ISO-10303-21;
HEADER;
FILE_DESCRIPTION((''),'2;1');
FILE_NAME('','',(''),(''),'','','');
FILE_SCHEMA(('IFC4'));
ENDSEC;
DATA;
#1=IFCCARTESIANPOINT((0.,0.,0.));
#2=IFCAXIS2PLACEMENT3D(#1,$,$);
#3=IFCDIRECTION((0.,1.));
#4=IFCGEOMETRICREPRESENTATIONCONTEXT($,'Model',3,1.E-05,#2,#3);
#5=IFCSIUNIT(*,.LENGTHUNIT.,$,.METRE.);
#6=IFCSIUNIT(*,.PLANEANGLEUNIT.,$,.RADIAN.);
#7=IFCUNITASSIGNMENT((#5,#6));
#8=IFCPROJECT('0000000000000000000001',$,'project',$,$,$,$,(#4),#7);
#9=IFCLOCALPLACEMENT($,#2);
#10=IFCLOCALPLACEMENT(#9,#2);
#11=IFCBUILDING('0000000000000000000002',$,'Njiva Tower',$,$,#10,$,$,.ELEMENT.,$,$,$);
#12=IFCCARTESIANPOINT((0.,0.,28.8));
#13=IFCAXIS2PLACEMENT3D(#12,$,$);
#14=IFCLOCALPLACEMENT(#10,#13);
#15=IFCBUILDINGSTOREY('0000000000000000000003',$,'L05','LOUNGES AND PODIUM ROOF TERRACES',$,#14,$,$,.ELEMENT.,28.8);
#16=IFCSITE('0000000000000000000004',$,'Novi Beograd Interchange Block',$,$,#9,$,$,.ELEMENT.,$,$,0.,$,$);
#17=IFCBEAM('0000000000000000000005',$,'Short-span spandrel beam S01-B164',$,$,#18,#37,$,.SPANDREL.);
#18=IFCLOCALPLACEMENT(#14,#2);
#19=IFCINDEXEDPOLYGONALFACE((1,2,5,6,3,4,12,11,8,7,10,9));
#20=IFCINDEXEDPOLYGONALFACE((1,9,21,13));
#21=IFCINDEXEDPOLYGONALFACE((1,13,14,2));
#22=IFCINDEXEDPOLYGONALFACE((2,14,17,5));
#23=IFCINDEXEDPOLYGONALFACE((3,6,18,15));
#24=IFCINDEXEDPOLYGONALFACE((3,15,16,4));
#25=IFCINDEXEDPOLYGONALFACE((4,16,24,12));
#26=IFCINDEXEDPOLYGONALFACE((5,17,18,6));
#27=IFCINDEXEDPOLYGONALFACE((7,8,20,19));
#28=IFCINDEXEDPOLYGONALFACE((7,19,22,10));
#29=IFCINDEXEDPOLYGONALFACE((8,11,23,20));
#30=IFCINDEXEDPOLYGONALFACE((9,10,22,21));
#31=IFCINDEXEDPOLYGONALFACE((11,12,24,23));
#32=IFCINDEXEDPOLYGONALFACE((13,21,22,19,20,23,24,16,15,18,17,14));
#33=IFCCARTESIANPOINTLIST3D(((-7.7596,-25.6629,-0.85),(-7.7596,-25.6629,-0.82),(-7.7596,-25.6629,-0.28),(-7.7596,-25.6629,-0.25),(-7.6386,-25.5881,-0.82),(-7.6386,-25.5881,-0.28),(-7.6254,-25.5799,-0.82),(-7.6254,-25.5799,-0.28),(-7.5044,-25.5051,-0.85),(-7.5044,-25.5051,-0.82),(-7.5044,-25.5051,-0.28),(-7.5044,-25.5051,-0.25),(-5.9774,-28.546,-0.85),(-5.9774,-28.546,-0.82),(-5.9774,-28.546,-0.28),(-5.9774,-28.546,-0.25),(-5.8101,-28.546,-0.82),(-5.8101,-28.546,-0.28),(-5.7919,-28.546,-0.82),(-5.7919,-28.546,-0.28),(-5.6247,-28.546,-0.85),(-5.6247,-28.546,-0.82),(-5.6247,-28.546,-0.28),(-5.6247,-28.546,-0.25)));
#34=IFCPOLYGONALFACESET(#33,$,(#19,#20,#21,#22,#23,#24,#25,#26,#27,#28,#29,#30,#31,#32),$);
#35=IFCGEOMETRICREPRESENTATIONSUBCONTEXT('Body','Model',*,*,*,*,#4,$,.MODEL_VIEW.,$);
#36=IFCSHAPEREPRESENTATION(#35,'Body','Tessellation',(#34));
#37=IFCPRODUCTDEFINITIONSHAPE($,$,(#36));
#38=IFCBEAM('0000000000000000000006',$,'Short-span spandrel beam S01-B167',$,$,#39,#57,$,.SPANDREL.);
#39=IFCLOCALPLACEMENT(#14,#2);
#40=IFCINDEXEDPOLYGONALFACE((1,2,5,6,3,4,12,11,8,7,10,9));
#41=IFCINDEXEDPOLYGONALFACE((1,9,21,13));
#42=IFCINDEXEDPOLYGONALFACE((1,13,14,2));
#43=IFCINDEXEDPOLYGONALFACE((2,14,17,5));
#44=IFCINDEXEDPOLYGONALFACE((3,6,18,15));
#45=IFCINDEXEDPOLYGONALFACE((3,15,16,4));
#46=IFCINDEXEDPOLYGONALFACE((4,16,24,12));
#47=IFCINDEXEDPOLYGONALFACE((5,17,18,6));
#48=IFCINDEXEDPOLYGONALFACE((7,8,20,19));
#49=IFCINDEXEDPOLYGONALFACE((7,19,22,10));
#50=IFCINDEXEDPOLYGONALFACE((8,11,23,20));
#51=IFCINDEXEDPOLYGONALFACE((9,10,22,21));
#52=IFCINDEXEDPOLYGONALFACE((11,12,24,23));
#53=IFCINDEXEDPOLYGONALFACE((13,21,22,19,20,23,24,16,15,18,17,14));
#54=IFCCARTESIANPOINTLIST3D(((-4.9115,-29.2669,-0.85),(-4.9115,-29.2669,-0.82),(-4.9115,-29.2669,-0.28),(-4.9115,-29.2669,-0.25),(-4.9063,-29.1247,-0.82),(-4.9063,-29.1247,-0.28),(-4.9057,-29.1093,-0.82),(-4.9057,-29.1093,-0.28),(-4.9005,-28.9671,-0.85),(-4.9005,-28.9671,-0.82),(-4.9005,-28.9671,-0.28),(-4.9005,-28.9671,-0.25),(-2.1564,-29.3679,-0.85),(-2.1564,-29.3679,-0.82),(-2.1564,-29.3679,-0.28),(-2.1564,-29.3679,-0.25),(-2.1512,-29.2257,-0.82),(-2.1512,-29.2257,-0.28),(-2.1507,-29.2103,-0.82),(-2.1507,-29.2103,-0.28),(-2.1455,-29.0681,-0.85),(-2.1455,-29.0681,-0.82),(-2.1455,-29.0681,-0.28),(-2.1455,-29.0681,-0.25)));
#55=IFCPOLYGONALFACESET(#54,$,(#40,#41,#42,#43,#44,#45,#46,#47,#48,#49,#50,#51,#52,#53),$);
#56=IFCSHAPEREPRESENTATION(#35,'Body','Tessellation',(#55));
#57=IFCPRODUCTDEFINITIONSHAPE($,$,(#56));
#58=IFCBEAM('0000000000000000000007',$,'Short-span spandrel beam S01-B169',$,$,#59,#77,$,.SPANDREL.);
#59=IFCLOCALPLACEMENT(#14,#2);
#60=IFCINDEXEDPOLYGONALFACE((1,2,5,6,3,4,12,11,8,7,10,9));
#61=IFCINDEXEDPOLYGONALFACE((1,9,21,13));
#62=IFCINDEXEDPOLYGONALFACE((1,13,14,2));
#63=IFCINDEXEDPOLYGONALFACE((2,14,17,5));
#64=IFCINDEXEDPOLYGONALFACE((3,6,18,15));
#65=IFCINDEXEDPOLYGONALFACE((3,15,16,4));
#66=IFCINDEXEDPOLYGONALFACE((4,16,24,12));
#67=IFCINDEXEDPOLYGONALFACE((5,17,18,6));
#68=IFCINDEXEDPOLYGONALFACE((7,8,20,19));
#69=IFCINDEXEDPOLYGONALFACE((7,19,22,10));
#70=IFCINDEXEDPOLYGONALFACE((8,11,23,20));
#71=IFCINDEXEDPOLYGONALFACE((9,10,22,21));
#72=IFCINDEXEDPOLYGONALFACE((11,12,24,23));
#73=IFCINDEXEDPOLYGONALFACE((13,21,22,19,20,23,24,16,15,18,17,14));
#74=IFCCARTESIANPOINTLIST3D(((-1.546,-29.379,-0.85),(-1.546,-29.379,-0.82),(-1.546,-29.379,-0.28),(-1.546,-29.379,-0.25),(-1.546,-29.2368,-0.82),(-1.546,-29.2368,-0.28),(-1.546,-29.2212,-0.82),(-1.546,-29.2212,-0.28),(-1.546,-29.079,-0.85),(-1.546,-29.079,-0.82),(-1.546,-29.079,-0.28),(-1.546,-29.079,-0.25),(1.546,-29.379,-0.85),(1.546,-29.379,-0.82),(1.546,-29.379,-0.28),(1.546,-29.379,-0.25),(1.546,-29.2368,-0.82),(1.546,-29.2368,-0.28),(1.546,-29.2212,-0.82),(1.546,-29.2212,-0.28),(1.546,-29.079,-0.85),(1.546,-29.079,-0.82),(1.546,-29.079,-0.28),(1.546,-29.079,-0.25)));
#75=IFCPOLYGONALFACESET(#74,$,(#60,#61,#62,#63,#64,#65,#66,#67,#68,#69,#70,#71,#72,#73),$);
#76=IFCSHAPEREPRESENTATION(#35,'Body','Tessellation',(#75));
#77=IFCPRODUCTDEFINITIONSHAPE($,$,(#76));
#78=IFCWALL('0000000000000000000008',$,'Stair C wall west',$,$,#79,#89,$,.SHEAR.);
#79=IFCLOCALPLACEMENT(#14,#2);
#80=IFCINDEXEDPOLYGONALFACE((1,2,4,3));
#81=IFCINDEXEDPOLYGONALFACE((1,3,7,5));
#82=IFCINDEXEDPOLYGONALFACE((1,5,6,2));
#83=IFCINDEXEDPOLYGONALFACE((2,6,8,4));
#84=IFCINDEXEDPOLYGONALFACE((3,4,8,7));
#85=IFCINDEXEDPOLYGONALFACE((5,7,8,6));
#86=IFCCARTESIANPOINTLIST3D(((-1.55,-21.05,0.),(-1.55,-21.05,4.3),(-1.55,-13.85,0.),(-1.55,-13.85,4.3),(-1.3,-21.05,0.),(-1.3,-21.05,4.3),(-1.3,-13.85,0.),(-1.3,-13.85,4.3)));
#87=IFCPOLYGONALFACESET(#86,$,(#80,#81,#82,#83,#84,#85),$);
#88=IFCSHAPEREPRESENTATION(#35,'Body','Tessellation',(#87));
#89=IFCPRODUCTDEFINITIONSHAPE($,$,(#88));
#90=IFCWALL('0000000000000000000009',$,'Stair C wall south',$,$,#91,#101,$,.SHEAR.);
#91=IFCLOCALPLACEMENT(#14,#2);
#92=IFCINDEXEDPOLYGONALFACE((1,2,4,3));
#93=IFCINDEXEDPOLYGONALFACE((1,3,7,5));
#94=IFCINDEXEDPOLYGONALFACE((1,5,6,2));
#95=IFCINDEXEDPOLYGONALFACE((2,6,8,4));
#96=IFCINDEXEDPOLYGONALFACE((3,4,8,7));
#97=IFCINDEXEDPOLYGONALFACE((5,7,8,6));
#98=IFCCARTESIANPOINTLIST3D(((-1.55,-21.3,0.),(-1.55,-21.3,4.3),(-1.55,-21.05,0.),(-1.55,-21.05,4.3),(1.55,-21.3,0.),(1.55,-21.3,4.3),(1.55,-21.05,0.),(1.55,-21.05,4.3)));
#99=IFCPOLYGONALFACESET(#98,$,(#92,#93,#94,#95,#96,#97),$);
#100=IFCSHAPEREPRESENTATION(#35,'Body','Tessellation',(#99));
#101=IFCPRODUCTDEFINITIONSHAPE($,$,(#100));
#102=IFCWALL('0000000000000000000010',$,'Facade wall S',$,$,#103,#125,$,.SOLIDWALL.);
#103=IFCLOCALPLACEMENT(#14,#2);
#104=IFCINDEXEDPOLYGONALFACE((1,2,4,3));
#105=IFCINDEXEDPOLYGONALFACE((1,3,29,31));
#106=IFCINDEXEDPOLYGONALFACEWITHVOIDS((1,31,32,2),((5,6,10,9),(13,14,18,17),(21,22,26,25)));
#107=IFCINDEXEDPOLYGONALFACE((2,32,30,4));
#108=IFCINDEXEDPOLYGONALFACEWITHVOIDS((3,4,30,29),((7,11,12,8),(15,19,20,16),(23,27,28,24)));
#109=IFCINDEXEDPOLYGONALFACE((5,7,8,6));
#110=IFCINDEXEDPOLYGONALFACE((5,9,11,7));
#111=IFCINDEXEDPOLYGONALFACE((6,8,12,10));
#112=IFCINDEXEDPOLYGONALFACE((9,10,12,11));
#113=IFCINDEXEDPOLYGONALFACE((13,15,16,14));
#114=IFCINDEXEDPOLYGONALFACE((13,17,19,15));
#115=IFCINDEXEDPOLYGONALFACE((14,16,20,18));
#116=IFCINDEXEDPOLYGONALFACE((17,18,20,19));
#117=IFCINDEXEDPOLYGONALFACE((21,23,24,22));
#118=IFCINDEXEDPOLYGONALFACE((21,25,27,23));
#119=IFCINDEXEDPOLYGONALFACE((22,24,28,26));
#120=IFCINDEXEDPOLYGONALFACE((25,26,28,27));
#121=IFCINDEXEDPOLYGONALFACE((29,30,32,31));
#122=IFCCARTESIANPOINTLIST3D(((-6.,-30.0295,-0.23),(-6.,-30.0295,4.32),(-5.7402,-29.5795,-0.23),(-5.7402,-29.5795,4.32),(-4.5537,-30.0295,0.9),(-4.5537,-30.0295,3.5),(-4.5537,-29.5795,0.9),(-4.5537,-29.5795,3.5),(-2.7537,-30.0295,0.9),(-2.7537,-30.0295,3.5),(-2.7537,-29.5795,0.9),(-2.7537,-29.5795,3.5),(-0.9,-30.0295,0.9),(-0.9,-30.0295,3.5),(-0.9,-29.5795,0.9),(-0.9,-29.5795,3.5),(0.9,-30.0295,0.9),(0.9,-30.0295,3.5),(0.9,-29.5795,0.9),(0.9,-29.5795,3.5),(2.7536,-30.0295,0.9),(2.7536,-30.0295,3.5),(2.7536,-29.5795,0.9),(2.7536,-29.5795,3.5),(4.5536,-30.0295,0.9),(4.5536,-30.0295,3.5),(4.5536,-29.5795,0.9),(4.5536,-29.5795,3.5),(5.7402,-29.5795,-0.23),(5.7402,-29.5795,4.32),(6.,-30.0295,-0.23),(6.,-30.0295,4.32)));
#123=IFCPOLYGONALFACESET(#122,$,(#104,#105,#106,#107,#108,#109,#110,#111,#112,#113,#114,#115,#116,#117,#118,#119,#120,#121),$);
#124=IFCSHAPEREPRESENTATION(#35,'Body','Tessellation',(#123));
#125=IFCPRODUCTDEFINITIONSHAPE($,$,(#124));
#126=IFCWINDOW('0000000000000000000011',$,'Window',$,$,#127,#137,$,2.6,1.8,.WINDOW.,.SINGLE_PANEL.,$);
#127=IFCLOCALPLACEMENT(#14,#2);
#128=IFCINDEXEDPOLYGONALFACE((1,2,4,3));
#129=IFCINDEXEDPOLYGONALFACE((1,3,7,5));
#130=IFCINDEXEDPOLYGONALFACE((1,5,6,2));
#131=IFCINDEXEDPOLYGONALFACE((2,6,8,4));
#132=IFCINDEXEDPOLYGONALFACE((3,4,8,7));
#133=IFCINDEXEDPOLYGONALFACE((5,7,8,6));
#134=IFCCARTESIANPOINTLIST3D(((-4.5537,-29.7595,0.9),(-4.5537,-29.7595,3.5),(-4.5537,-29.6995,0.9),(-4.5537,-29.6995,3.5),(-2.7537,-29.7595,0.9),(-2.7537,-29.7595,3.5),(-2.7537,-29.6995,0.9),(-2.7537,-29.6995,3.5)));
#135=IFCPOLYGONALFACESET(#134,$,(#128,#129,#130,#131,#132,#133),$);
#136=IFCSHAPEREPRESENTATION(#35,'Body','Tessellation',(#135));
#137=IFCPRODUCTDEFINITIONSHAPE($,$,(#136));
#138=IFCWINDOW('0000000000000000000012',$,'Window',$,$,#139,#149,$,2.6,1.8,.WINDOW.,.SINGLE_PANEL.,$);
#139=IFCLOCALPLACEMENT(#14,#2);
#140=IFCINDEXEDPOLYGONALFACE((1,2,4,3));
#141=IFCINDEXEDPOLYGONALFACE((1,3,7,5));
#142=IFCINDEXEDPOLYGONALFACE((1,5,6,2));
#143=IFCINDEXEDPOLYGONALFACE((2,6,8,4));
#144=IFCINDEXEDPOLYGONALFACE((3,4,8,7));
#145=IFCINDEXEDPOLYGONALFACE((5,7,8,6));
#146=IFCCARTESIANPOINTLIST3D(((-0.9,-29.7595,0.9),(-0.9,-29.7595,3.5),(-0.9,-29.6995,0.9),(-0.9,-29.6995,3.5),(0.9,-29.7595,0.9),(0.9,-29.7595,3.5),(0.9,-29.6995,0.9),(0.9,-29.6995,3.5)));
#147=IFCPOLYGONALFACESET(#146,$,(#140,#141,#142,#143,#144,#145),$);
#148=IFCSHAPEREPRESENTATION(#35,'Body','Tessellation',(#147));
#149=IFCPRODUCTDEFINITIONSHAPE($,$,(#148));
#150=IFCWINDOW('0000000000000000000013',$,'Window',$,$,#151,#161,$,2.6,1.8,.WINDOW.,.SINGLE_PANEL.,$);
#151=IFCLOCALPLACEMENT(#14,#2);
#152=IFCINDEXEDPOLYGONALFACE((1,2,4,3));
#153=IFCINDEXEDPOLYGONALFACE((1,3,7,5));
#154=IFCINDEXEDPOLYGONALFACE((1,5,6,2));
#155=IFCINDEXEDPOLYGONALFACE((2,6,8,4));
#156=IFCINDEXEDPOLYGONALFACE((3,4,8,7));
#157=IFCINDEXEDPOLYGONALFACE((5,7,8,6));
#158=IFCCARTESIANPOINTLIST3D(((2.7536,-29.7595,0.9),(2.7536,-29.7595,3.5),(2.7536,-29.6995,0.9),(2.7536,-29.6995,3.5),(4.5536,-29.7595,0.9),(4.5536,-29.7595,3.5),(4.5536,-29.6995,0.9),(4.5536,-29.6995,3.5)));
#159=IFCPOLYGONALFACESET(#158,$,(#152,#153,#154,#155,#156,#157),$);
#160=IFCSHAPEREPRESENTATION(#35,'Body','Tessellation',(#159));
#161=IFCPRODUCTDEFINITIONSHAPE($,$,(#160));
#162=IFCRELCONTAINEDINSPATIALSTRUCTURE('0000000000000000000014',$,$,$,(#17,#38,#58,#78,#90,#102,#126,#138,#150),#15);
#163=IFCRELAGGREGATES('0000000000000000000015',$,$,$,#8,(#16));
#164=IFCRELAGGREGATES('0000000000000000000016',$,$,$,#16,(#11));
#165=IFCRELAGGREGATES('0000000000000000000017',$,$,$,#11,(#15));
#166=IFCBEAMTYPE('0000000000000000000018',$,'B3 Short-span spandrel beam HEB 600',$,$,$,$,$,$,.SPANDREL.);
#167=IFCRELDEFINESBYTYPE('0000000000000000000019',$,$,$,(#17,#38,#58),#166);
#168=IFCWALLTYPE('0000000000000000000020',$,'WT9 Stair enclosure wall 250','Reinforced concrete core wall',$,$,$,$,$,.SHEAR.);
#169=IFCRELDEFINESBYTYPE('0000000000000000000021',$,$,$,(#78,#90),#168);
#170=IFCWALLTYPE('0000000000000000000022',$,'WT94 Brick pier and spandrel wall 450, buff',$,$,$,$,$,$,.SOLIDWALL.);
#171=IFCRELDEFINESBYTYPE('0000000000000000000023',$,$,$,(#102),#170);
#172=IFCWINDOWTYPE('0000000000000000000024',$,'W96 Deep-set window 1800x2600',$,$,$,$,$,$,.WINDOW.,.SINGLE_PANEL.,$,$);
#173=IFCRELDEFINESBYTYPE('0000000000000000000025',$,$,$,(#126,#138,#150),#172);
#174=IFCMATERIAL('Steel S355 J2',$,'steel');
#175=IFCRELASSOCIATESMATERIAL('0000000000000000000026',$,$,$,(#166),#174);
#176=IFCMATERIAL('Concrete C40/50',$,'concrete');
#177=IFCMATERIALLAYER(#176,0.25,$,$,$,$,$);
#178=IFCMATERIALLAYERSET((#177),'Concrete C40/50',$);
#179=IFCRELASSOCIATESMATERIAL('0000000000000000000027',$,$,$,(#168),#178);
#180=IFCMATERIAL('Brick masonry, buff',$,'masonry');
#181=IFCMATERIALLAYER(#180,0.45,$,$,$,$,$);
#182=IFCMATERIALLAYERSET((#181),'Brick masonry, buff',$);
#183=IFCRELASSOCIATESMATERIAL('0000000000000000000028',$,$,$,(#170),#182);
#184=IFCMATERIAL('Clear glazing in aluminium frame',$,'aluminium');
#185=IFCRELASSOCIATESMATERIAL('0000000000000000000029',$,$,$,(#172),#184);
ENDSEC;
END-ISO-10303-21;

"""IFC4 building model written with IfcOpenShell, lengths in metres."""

from ifc_helpers import new_model, si_unit, direction, frame, frame_2d, origin, origin_2d, place, context, subcontext, project, spatial, polyline, rectangle, i_section, outline, extrude, clip, halfspace, material, layer, layer_set, material_profile, profile_set, type_object, element, fill, save


model = new_model("IFC4")

# Units and contexts
model_context = context("Model", 3, precision=1e-05, world=origin(), true_north=direction((0.0, 1.0)))
body_context = subcontext(model_context, "Body", "Model", "MODEL_VIEW")
ifc_project = project(units=[si_unit("LENGTHUNIT", "METRE"), si_unit("PLANEANGLEUNIT", "RADIAN")], contexts=[model_context])

# Site, building, storey
site_placement = place(None, origin())
site = spatial("IfcSite", under=ifc_project, at=site_placement, Name="Novi Beograd Interchange Block", CompositionType="ELEMENT", RefElevation=0.0)
building_placement = place(site_placement, origin())
building = spatial("IfcBuilding", under=site, at=building_placement, Name="Njiva Tower", CompositionType="ELEMENT")
storey_placement = place(building_placement, frame((0.0, 0.0, 28.8)))
storey = spatial("IfcBuildingStorey", under=building, at=storey_placement, Name="L05", Description="LOUNGES AND PODIUM ROOF TERRACES", CompositionType="ELEMENT", Elevation=28.8)

# Shared definitions
ifc_material_1 = material(Name="Steel S355 J2", Category="steel")

# Beams
ifc_material_profile_1 = material_profile(ifc_material_1, i_section(OverallWidth=0.3, OverallDepth=0.6, WebThickness=0.0155, FlangeThickness=0.03, at=origin_2d()), Name="HEB 600")
ifc_profile_set_1 = profile_set([ifc_material_profile_1], Name="Steel S355 J2")
beam_type_1 = type_object("IfcBeamType", Name="B3 Short-span spandrel beam HEB 600", PredefinedType="SPANDREL", material=ifc_profile_set_1)
beam_1_placement = place(storey_placement, frame((-7.632, -25.584, -0.55), z_axis=(0.525811, -0.850602, 0.0), x_axis=(0.850602, 0.525811, 0.0)))
element("IfcBeam", 1, at=beam_1_placement, inside=storey, type_object=beam_type_1, Name="Short-span spandrel beam S01-B164", PredefinedType="SPANDREL", context=body_context, shape_type="Clipping", body=[
    clip(extrude(i_section(OverallWidth=0.3, OverallDepth=0.6, WebThickness=0.0155, FlangeThickness=0.03, at=origin_2d()), origin(), (0.0, 0.0, 1.0), 3.5952), halfspace(frame((-0.0267, 0.0, 3.4657), z_axis=(-0.525811, 0.0, 0.850602), x_axis=(0.0, 1.0, 0.0)), False)),
])
beam_2_placement = place(storey_placement, frame((-4.906, -29.117, -0.55), z_axis=(0.999329, -0.036636, 0.0), x_axis=(0.036636, 0.999329, 0.0)))
element("IfcBeam", 2, at=beam_2_placement, inside=storey, type_object=beam_type_1, Name="Short-span spandrel beam S01-B167", PredefinedType="SPANDREL", context=body_context, shape_type="SweptSolid", body=[
    extrude(i_section(OverallWidth=0.3, OverallDepth=0.6, WebThickness=0.0155, FlangeThickness=0.03, at=origin_2d()), origin(), (0.0, 0.0, 1.0), 2.7569),
])
beam_3_placement = place(storey_placement, frame((-1.546, -29.229, -0.55), z_axis=(1.0, 0.0, 0.0), x_axis=(0.0, 1.0, 0.0)))
element("IfcBeam", 3, at=beam_3_placement, inside=storey, type_object=beam_type_1, Name="Short-span spandrel beam S01-B169", PredefinedType="SPANDREL", context=body_context, shape_type="SweptSolid", body=[
    extrude(i_section(OverallWidth=0.3, OverallDepth=0.6, WebThickness=0.0155, FlangeThickness=0.03, at=origin_2d()), origin(), (0.0, 0.0, 1.0), 3.092),
])

# Walls
ifc_material_2 = material(Name="Concrete C40/50", Category="concrete")
ifc_layer_1 = layer(ifc_material_2, 0.25)
ifc_layer_set_1 = layer_set([ifc_layer_1], Name="Concrete C40/50")
wall_type_1 = type_object("IfcWallType", Name="WT9 Stair enclosure wall 250", Description="Reinforced concrete core wall", PredefinedType="SHEAR", material=ifc_layer_set_1)
wall_1_placement = place(storey_placement, frame((-1.425, -21.05, 0.0), z_axis=(0.0, 0.0, 1.0), x_axis=(0.0, 1.0, 0.0)))
element("IfcWall", 4, at=wall_1_placement, inside=storey, type_object=wall_type_1, Name="Stair C wall west", PredefinedType="SHEAR", context=body_context, shape_type="SweptSolid", body=[
    extrude(rectangle(XDim=7.2, YDim=0.25, at=frame_2d((3.6, 0.0))), origin(), (0.0, 0.0, 1.0), 4.3),
])
wall_2_placement = place(storey_placement, frame((-1.55, -21.175, 0.0), z_axis=(0.0, 0.0, 1.0), x_axis=(1.0, 0.0, 0.0)))
element("IfcWall", 5, at=wall_2_placement, inside=storey, type_object=wall_type_1, Name="Stair C wall south", PredefinedType="SHEAR", context=body_context, shape_type="SweptSolid", body=[
    extrude(rectangle(XDim=3.1, YDim=0.25, at=frame_2d((1.55, 0.0))), origin(), (0.0, 0.0, 1.0), 4.3),
])

# Wall, openings, windows
ifc_material_3 = material(Name="Brick masonry, buff", Category="masonry")
ifc_layer_2 = layer(ifc_material_3, 0.45)
ifc_layer_set_2 = layer_set([ifc_layer_2], Name="Brick masonry, buff")
wall_type_2 = type_object("IfcWallType", Name="WT94 Brick pier and spandrel wall 450, buff", PredefinedType="SOLIDWALL", material=ifc_layer_set_2)
wall_3_placement = place(storey_placement, frame((-5.8701, -29.8045, -0.23), z_axis=(0.0, 0.0, 1.0), x_axis=(1.0, 0.0, 0.0)))
wall_3 = element("IfcWall", 6, at=wall_3_placement, inside=storey, type_object=wall_type_2, Name="Facade wall S", PredefinedType="SOLIDWALL", context=body_context, shape_type="SweptSolid", body=[
    extrude(outline(polyline([(-0.1299, -0.225), (11.8701, -0.225), (11.6103, 0.225), (0.1299, 0.225), (-0.1299, -0.225)])), origin(), (0.0, 0.0, 1.0), 4.55),
])
opening_1_placement = place(wall_3_placement, frame((1.3164, 0.0, 1.13)))
opening_1 = element("IfcOpeningElement", 7, at=opening_1_placement, cuts=wall_3, PredefinedType="OPENING", context=body_context, shape_type="SweptSolid", body=[
    extrude(rectangle(XDim=1.8, YDim=2.6, at=frame_2d((0.9, 1.3))), frame((0.0, 0.235, 0.0), z_axis=(0.0, -1.0, 0.0), x_axis=(1.0, 0.0, 0.0)), (0.0, 0.0, 1.0), 0.47),
])
opening_2_placement = place(wall_3_placement, frame((4.9701, 0.0, 1.13)))
opening_2 = element("IfcOpeningElement", 8, at=opening_2_placement, cuts=wall_3, PredefinedType="OPENING", context=body_context, shape_type="SweptSolid", body=[
    extrude(rectangle(XDim=1.8, YDim=2.6, at=frame_2d((0.9, 1.3))), frame((0.0, 0.235, 0.0), z_axis=(0.0, -1.0, 0.0), x_axis=(1.0, 0.0, 0.0)), (0.0, 0.0, 1.0), 0.47),
])
opening_3_placement = place(wall_3_placement, frame((8.6237, 0.0, 1.13)))
opening_3 = element("IfcOpeningElement", 9, at=opening_3_placement, cuts=wall_3, PredefinedType="OPENING", context=body_context, shape_type="SweptSolid", body=[
    extrude(rectangle(XDim=1.8, YDim=2.6, at=frame_2d((0.9, 1.3))), frame((0.0, 0.235, 0.0), z_axis=(0.0, -1.0, 0.0), x_axis=(1.0, 0.0, 0.0)), (0.0, 0.0, 1.0), 0.47),
])
ifc_material_4 = material(Name="Clear glazing in aluminium frame", Category="aluminium")
window_type = type_object("IfcWindowType", Name="W96 Deep-set window 1800x2600", PartitioningType="SINGLE_PANEL", PredefinedType="WINDOW", material=ifc_material_4)
window_1_placement = place(opening_1_placement, origin())
window_1 = element("IfcWindow", 10, at=window_1_placement, inside=storey, type_object=window_type, Name="Window", OverallHeight=2.6, OverallWidth=1.8, PartitioningType="SINGLE_PANEL", PredefinedType="WINDOW", context=body_context, shape_type="SweptSolid", body=[
    extrude(rectangle(XDim=1.8, YDim=2.6, at=frame_2d((0.9, 1.3))), frame((0.0, 0.105, 0.0), z_axis=(0.0, -1.0, 0.0), x_axis=(1.0, 0.0, 0.0)), (0.0, 0.0, 1.0), 0.06),
])
fill(opening_1, window_1)
window_2_placement = place(opening_2_placement, origin())
window_2 = element("IfcWindow", 11, at=window_2_placement, inside=storey, type_object=window_type, Name="Window", OverallHeight=2.6, OverallWidth=1.8, PartitioningType="SINGLE_PANEL", PredefinedType="WINDOW", context=body_context, shape_type="SweptSolid", body=[
    extrude(rectangle(XDim=1.8, YDim=2.6, at=frame_2d((0.9, 1.3))), frame((0.0, 0.105, 0.0), z_axis=(0.0, -1.0, 0.0), x_axis=(1.0, 0.0, 0.0)), (0.0, 0.0, 1.0), 0.06),
])
fill(opening_2, window_2)
window_3_placement = place(opening_3_placement, origin())
window_3 = element("IfcWindow", 12, at=window_3_placement, inside=storey, type_object=window_type, Name="Window", OverallHeight=2.6, OverallWidth=1.8, PartitioningType="SINGLE_PANEL", PredefinedType="WINDOW", context=body_context, shape_type="SweptSolid", body=[
    extrude(rectangle(XDim=1.8, YDim=2.6, at=frame_2d((0.9, 1.3))), frame((0.0, 0.105, 0.0), z_axis=(0.0, -1.0, 0.0), x_axis=(1.0, 0.0, 0.0)), (0.0, 0.0, 1.0), 0.06),
])
fill(opening_3, window_3)

save(model, "model.ifc")
